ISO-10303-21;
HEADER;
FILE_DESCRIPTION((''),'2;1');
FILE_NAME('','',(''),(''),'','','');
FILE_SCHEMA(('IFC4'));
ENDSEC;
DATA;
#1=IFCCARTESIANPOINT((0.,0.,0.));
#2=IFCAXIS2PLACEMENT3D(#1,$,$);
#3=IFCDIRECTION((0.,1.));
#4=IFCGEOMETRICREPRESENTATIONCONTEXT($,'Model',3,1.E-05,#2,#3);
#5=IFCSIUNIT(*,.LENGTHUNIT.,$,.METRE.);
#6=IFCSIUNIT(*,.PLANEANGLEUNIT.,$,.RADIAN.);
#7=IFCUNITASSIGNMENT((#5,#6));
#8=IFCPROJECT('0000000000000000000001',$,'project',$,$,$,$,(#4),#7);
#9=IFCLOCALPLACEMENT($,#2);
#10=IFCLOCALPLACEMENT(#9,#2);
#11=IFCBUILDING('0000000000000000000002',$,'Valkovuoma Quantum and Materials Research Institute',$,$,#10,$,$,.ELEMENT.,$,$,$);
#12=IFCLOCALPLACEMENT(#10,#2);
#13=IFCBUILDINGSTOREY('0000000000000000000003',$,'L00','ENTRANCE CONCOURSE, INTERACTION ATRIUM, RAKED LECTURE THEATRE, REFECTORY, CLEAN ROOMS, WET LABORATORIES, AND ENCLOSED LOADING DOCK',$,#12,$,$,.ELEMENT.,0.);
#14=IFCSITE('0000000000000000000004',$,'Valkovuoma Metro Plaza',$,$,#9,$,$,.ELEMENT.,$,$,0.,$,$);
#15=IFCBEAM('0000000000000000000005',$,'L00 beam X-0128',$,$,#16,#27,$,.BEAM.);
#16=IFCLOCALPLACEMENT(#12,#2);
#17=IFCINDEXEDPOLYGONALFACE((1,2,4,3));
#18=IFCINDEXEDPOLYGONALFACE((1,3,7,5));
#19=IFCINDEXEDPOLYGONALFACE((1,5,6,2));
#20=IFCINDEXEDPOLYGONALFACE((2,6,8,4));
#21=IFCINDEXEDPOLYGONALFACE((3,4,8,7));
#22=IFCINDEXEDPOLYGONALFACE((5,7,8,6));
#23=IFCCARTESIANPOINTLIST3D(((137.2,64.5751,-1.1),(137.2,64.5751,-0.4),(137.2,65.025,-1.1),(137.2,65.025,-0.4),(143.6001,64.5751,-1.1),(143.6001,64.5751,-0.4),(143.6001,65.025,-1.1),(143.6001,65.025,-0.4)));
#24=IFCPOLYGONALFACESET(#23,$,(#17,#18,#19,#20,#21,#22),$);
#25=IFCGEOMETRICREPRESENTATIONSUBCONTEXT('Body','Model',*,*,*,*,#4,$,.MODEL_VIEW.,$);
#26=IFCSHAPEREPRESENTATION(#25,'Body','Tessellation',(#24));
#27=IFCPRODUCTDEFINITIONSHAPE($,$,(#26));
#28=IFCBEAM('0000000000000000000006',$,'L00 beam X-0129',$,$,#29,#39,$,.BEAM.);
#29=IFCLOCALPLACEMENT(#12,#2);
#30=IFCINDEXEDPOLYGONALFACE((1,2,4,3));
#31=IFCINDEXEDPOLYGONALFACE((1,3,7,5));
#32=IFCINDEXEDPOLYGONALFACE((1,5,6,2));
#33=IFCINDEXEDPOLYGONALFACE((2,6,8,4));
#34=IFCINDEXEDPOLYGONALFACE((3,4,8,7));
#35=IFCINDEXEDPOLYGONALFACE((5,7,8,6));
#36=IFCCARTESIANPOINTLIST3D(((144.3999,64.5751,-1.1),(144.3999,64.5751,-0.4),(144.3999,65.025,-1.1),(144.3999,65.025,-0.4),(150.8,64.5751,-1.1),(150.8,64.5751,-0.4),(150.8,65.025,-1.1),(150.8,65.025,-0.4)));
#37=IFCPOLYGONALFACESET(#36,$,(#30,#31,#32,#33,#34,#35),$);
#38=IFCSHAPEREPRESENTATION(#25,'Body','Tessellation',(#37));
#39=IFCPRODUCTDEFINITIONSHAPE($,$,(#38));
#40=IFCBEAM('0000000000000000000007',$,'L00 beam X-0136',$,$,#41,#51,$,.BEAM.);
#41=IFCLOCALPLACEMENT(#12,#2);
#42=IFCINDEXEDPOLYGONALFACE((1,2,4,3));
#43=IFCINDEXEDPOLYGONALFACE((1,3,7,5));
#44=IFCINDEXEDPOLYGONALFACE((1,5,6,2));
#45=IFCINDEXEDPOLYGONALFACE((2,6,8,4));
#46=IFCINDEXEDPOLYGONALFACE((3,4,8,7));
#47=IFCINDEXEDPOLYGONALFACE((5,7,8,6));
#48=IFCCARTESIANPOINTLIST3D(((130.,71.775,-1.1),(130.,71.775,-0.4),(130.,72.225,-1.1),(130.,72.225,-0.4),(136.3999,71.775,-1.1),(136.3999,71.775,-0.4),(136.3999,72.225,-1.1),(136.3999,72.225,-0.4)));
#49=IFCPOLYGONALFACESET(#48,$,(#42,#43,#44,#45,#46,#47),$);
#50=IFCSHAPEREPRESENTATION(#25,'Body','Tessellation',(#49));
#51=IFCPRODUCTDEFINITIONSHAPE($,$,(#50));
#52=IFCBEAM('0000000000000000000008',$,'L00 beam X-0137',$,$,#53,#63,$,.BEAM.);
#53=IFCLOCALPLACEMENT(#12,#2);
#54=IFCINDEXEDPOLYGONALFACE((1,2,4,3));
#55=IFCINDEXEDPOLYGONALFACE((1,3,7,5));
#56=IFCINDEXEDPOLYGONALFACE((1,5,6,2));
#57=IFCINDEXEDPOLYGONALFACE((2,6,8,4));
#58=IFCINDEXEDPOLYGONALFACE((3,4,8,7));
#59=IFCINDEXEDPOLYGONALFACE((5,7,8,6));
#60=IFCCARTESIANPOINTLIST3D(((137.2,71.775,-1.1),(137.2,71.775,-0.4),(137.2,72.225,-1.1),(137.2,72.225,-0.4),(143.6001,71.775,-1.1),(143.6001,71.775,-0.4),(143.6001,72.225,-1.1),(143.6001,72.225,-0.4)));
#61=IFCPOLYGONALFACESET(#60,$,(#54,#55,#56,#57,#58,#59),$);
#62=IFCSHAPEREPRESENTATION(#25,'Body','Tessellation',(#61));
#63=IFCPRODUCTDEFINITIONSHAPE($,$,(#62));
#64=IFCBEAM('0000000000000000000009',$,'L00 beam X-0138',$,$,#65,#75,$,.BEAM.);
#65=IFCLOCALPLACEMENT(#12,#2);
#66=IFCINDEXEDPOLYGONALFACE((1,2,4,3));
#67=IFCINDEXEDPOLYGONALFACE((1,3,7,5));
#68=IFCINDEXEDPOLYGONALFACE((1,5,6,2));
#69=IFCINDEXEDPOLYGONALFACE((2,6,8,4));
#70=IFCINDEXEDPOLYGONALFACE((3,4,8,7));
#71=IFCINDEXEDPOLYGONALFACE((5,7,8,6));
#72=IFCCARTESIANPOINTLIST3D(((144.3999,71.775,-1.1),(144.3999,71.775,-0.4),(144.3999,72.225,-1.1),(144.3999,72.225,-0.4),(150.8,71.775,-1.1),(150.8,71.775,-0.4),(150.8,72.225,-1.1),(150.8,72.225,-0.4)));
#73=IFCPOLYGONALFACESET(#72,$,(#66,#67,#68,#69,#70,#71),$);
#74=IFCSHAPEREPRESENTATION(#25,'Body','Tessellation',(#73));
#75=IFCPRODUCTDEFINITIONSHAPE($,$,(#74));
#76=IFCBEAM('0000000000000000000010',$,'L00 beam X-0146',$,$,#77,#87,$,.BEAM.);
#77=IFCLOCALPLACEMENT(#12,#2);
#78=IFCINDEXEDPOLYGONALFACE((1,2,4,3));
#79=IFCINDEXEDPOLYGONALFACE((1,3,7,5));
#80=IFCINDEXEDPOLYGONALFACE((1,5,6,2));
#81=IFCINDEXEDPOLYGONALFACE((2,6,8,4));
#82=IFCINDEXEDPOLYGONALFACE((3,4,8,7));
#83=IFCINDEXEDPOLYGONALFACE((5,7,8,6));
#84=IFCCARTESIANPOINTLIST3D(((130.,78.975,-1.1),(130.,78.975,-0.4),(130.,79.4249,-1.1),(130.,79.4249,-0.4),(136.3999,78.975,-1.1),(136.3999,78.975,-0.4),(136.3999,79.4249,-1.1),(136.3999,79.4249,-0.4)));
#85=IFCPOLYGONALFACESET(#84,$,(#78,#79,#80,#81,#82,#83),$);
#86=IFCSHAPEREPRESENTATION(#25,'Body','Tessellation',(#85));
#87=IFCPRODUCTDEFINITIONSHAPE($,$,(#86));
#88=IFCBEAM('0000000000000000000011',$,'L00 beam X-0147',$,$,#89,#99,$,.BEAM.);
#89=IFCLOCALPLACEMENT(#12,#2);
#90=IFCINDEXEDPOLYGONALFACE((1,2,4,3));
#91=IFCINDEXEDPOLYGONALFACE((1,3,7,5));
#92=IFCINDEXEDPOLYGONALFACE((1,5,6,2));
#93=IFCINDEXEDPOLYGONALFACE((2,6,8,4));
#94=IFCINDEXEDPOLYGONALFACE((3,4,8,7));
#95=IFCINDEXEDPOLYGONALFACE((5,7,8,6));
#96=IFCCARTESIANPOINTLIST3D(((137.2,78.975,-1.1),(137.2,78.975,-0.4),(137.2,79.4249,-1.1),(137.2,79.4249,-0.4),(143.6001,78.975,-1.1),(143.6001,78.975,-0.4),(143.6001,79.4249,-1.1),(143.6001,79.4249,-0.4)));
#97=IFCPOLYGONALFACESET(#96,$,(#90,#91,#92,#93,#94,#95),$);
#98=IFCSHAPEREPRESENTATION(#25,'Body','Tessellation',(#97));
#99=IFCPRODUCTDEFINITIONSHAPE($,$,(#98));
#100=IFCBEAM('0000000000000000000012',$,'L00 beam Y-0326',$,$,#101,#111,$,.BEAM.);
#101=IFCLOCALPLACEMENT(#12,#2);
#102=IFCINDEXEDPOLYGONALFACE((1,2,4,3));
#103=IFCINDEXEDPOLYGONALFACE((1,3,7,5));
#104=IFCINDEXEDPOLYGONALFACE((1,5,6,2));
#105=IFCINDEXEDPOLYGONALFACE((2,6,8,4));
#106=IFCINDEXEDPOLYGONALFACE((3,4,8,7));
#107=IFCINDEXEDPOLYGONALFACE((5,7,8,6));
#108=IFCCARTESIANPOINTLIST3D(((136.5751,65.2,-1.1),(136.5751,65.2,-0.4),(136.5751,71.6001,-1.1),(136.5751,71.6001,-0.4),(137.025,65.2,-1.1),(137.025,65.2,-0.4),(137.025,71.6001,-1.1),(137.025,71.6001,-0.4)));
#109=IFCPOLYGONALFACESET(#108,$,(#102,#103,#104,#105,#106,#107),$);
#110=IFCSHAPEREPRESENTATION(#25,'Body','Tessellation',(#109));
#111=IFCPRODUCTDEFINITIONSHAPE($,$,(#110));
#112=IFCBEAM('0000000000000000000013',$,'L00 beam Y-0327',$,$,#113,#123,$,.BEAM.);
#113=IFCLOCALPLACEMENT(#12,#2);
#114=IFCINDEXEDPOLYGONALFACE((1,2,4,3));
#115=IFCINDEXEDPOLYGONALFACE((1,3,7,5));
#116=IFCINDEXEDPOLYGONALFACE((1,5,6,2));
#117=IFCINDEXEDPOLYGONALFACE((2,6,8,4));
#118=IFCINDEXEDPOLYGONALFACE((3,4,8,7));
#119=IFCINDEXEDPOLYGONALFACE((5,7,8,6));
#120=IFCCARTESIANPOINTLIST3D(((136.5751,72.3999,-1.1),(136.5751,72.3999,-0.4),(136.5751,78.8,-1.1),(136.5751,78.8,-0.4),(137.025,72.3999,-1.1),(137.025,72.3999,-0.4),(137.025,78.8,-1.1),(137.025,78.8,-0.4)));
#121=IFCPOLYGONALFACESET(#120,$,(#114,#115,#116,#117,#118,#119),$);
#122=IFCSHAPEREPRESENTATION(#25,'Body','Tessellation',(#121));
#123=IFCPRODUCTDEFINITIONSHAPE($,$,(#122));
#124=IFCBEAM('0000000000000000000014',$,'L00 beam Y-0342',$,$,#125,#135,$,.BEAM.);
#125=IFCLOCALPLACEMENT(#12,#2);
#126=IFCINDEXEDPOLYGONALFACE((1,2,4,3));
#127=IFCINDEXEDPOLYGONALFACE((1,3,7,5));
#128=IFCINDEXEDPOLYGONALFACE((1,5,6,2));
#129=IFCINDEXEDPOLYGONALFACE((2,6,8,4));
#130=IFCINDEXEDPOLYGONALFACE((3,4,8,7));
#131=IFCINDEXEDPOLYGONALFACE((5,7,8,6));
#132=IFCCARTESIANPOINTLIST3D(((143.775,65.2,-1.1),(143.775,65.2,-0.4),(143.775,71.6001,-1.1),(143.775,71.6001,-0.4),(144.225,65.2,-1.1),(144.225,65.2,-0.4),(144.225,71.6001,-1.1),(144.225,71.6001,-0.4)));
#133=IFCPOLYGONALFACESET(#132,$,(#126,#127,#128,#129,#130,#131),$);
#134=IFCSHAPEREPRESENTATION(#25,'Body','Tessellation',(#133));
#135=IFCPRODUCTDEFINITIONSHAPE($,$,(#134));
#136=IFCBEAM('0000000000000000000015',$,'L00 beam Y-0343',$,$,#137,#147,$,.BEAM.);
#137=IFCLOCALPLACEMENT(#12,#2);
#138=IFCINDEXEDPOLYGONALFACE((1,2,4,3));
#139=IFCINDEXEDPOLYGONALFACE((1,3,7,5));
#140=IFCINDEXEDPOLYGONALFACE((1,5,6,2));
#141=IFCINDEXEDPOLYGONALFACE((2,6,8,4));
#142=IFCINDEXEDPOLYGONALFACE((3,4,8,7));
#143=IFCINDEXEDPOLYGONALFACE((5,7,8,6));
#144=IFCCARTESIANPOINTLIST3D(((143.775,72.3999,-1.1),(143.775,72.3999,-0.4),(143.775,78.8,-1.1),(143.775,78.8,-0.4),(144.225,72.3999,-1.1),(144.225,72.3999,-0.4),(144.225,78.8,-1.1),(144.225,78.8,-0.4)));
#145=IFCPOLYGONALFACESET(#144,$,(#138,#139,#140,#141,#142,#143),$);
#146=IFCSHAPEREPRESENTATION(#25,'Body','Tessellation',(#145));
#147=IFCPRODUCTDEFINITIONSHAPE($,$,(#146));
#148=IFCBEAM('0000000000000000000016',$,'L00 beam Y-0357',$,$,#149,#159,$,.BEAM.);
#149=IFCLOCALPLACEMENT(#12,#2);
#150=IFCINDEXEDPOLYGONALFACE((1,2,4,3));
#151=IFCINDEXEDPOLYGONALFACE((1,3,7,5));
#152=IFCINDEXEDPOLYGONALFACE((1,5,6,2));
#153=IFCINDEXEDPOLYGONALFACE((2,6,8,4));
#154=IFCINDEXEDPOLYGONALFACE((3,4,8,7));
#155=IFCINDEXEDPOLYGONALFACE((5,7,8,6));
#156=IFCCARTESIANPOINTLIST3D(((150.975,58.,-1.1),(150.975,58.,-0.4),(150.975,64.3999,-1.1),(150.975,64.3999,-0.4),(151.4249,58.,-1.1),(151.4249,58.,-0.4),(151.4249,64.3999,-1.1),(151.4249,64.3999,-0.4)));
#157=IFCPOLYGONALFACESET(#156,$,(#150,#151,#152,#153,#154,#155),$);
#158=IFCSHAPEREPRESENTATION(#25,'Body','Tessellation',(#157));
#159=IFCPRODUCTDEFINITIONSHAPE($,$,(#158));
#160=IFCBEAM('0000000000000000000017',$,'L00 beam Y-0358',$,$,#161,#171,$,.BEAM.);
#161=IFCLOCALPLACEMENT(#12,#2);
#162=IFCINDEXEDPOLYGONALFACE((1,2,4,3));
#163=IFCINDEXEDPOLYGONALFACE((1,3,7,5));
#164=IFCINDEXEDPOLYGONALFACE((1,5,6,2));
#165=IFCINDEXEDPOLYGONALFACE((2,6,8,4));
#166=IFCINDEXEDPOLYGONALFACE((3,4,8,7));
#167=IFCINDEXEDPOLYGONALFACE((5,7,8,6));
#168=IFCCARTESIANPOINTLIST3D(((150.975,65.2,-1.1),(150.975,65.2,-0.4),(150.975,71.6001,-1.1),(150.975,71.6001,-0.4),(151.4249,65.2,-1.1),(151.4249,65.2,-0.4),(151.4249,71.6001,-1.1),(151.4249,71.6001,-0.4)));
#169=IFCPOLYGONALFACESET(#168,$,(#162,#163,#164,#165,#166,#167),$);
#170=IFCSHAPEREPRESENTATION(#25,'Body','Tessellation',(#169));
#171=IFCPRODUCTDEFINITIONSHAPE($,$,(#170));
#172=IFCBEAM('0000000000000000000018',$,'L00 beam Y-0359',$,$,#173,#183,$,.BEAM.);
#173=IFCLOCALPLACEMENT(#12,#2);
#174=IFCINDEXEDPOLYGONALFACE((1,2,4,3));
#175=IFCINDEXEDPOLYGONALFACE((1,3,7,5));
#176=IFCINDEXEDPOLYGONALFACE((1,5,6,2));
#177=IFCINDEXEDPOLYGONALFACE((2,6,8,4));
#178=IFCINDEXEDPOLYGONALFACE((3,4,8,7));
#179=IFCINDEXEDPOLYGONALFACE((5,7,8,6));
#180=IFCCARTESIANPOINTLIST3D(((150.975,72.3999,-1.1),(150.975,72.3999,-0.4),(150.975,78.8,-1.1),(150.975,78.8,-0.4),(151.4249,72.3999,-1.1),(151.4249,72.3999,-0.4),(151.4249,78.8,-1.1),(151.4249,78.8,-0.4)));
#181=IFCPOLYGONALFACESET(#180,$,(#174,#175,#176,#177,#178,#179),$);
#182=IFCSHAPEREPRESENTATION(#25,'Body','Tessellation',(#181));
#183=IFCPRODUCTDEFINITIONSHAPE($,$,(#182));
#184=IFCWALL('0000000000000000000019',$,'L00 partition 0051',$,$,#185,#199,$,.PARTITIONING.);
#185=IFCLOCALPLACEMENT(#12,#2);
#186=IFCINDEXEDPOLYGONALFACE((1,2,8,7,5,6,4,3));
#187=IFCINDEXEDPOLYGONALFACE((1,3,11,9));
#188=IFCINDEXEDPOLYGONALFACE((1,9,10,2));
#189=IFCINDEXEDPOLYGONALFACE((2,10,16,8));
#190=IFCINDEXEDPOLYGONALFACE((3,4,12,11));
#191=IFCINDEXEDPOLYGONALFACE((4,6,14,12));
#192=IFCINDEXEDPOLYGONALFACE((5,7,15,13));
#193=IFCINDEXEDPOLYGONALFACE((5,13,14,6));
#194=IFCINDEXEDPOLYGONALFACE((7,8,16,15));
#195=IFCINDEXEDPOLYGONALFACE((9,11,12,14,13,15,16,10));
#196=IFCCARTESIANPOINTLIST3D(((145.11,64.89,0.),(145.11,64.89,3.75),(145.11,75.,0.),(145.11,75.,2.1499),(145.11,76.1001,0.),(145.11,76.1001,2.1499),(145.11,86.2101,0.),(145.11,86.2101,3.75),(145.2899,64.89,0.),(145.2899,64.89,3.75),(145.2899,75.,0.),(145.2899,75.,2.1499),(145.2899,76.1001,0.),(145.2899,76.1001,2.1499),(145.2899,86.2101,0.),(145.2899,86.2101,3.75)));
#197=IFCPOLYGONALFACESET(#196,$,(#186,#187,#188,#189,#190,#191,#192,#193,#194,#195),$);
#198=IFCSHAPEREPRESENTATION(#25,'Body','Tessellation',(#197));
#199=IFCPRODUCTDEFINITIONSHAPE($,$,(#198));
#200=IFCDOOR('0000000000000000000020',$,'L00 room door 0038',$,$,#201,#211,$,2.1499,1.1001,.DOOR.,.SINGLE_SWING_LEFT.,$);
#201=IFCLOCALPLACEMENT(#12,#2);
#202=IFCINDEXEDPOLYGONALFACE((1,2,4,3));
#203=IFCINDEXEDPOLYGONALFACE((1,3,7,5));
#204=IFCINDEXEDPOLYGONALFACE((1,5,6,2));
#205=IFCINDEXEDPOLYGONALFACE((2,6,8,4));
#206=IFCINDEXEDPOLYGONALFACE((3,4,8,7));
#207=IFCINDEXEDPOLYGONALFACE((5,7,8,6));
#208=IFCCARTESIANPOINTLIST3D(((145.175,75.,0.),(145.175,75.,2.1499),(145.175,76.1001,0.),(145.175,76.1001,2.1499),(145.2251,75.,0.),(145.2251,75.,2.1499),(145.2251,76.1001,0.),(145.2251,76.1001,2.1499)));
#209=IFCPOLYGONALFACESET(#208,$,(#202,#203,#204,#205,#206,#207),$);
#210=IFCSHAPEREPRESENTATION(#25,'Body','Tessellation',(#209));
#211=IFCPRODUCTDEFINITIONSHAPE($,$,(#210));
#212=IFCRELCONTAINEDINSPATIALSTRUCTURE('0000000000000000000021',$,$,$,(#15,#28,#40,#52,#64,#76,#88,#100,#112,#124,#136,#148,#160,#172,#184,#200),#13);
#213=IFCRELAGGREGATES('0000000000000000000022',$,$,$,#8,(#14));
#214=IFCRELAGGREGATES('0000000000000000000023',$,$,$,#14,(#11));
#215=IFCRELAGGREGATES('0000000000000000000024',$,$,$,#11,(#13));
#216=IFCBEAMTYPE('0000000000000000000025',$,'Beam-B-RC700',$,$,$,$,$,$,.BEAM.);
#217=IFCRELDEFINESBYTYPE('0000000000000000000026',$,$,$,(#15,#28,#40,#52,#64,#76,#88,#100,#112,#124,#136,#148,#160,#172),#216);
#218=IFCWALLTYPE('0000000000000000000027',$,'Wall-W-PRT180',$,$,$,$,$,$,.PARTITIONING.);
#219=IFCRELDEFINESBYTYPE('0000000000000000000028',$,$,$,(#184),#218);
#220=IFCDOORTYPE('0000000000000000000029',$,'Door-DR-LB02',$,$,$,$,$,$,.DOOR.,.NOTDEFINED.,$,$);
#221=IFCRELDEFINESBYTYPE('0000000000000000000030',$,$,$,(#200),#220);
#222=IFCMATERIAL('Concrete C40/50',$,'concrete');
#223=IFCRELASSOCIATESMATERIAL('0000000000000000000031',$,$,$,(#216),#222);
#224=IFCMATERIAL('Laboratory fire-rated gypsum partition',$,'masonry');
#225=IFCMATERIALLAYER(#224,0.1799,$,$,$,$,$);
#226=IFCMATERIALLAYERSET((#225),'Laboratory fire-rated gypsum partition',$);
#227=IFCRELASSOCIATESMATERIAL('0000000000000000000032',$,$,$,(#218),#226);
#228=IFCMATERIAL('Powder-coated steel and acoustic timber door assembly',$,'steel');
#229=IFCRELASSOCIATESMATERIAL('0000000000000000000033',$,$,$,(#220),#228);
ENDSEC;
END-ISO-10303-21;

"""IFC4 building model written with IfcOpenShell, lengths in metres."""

from ifc_helpers import new_model, si_unit, direction, frame, frame_2d, origin, origin_2d, place, context, subcontext, project, spatial, rectangle, extrude, material, layer, layer_set, material_profile, profile_set, type_object, element, fill, save


model = new_model("IFC4")

# Units and contexts
model_context = context("Model", 3, precision=1e-05, world=origin(), true_north=direction((0.0, 1.0)))
body_context = subcontext(model_context, "Body", "Model", "MODEL_VIEW")
ifc_project = project(units=[si_unit("LENGTHUNIT", "METRE"), si_unit("PLANEANGLEUNIT", "RADIAN")], contexts=[model_context])

# Site, building, storey
site_placement = place(None, origin())
site = spatial("IfcSite", under=ifc_project, at=site_placement, Name="Valkovuoma Metro Plaza", CompositionType="ELEMENT", RefElevation=0.0)
building_placement = place(site_placement, origin())
building = spatial("IfcBuilding", under=site, at=building_placement, Name="Valkovuoma Quantum and Materials Research Institute", CompositionType="ELEMENT")
storey_placement = place(building_placement, origin())
storey = spatial("IfcBuildingStorey", under=building, at=storey_placement, Name="L00", Description="ENTRANCE CONCOURSE, INTERACTION ATRIUM, RAKED LECTURE THEATRE, REFECTORY, CLEAN ROOMS, WET LABORATORIES, AND ENCLOSED LOADING DOCK", CompositionType="ELEMENT", Elevation=0.0)

# Beams
ifc_material_1 = material(Name="Concrete C40/50", Category="concrete")
ifc_material_profile_1 = material_profile(ifc_material_1, rectangle(XDim=0.45, YDim=0.7, at=origin_2d()), Name="Concrete C40/50")
ifc_profile_set_1 = profile_set([ifc_material_profile_1], Name="Concrete C40/50")
beam_type_1 = type_object("IfcBeamType", Name="Beam-B-RC700", PredefinedType="BEAM", material=ifc_profile_set_1)
for number, where, z_axis, x_axis, name in (
    (1, (137.2, 64.8, -0.75), (1.0, 0.0, 0.0), (0.0, 1.0, 0.0), "L00 beam X-0128"),
    (2, (144.3999, 64.8, -0.75), (1.0, 0.0, 0.0), (0.0, 1.0, 0.0), "L00 beam X-0129"),
):
    element("IfcBeam", number, at=place(storey_placement, frame(where, z_axis=z_axis, x_axis=x_axis)), inside=storey, type_object=beam_type_1, Name=name, PredefinedType="BEAM", context=body_context, shape_type="SweptSolid", body=[
        extrude(rectangle(XDim=0.45, YDim=0.7, at=origin_2d()), origin(), (0.0, 0.0, 1.0), 6.4001),
    ])
beam_1_placement = place(storey_placement, frame((130.0, 72.0, -0.75), z_axis=(1.0, 0.0, 0.0), x_axis=(0.0, 1.0, 0.0)))
element("IfcBeam", 3, at=beam_1_placement, inside=storey, type_object=beam_type_1, Name="L00 beam X-0136", PredefinedType="BEAM", context=body_context, shape_type="SweptSolid", body=[
    extrude(rectangle(XDim=0.45, YDim=0.7, at=origin_2d()), origin(), (0.0, 0.0, 1.0), 6.3999),
])
for number, where, z_axis, x_axis, name in (
    (4, (137.2, 72.0, -0.75), (1.0, 0.0, 0.0), (0.0, 1.0, 0.0), "L00 beam X-0137"),
    (5, (144.3999, 72.0, -0.75), (1.0, 0.0, 0.0), (0.0, 1.0, 0.0), "L00 beam X-0138"),
):
    element("IfcBeam", number, at=place(storey_placement, frame(where, z_axis=z_axis, x_axis=x_axis)), inside=storey, type_object=beam_type_1, Name=name, PredefinedType="BEAM", context=body_context, shape_type="SweptSolid", body=[
        extrude(rectangle(XDim=0.45, YDim=0.7, at=origin_2d()), origin(), (0.0, 0.0, 1.0), 6.4001),
    ])
beam_2_placement = place(storey_placement, frame((130.0, 79.2, -0.75), z_axis=(1.0, 0.0, 0.0), x_axis=(0.0, 1.0, 0.0)))
element("IfcBeam", 6, at=beam_2_placement, inside=storey, type_object=beam_type_1, Name="L00 beam X-0146", PredefinedType="BEAM", context=body_context, shape_type="SweptSolid", body=[
    extrude(rectangle(XDim=0.45, YDim=0.7, at=origin_2d()), origin(), (0.0, 0.0, 1.0), 6.3999),
])
for number, where, z_axis, x_axis, name in (
    (7, (137.2, 79.2, -0.75), (1.0, 0.0, 0.0), (0.0, 1.0, 0.0), "L00 beam X-0147"),
    (8, (136.8, 65.2, -0.75), (0.0, 1.0, 0.0), (-1.0, 0.0, 0.0), "L00 beam Y-0326"),
    (9, (136.8, 72.3999, -0.75), (0.0, 1.0, 0.0), (-1.0, 0.0, 0.0), "L00 beam Y-0327"),
    (10, (144.0, 65.2, -0.75), (0.0, 1.0, 0.0), (-1.0, 0.0, 0.0), "L00 beam Y-0342"),
    (11, (144.0, 72.3999, -0.75), (0.0, 1.0, 0.0), (-1.0, 0.0, 0.0), "L00 beam Y-0343"),
):
    element("IfcBeam", number, at=place(storey_placement, frame(where, z_axis=z_axis, x_axis=x_axis)), inside=storey, type_object=beam_type_1, Name=name, PredefinedType="BEAM", context=body_context, shape_type="SweptSolid", body=[
        extrude(rectangle(XDim=0.45, YDim=0.7, at=origin_2d()), origin(), (0.0, 0.0, 1.0), 6.4001),
    ])
beam_3_placement = place(storey_placement, frame((151.2, 58.0, -0.75), z_axis=(0.0, 1.0, 0.0), x_axis=(-1.0, 0.0, 0.0)))
element("IfcBeam", 12, at=beam_3_placement, inside=storey, type_object=beam_type_1, Name="L00 beam Y-0357", PredefinedType="BEAM", context=body_context, shape_type="SweptSolid", body=[
    extrude(rectangle(XDim=0.45, YDim=0.7, at=origin_2d()), origin(), (0.0, 0.0, 1.0), 6.3999),
])
for number, where, z_axis, x_axis, name in (
    (13, (151.2, 65.2, -0.75), (0.0, 1.0, 0.0), (-1.0, 0.0, 0.0), "L00 beam Y-0358"),
    (14, (151.2, 72.3999, -0.75), (0.0, 1.0, 0.0), (-1.0, 0.0, 0.0), "L00 beam Y-0359"),
):
    element("IfcBeam", number, at=place(storey_placement, frame(where, z_axis=z_axis, x_axis=x_axis)), inside=storey, type_object=beam_type_1, Name=name, PredefinedType="BEAM", context=body_context, shape_type="SweptSolid", body=[
        extrude(rectangle(XDim=0.45, YDim=0.7, at=origin_2d()), origin(), (0.0, 0.0, 1.0), 6.4001),
    ])

# Wall, opening, door
ifc_material_2 = material(Name="Laboratory fire-rated gypsum partition", Category="masonry")
ifc_layer = layer(ifc_material_2, 0.1799)
ifc_layer_set = layer_set([ifc_layer], Name="Laboratory fire-rated gypsum partition")
wall_type = type_object("IfcWallType", Name="Wall-W-PRT180", PredefinedType="PARTITIONING", material=ifc_layer_set)
wall_1_placement = place(storey_placement, frame((145.2, 64.8899, 0.0), z_axis=(0.0, 0.0, 1.0), x_axis=(0.0, 1.0, 0.0)))
wall_1 = element("IfcWall", 15, at=wall_1_placement, inside=storey, type_object=wall_type, Name="L00 partition 0051", PredefinedType="PARTITIONING", context=body_context, shape_type="SweptSolid", body=[
    extrude(rectangle(XDim=21.3201, YDim=0.1799, at=frame_2d((10.6602, 0.0))), origin(), (0.0, 0.0, 1.0), 3.75),
])
opening_1_placement = place(wall_1_placement, frame((10.1101, 0.0, 0.0)))
opening_1 = element("IfcOpeningElement", 16, at=opening_1_placement, cuts=wall_1, PredefinedType="OPENING", context=body_context, shape_type="SweptSolid", body=[
    extrude(rectangle(XDim=1.1001, YDim=2.1499, at=frame_2d((0.55, 1.075))), frame((0.0, 0.1001, 0.0), z_axis=(0.0, -1.0, 0.0), x_axis=(1.0, 0.0, 0.0)), (0.0, 0.0, 1.0), 0.2),
])
ifc_material_3 = material(Name="Powder-coated steel and acoustic timber door assembly", Category="steel")
door_type_1 = type_object("IfcDoorType", Name="Door-DR-LB02", OperationType="NOTDEFINED", PredefinedType="DOOR", material=ifc_material_3)
door_1_placement = place(opening_1_placement, origin())
door_1 = element("IfcDoor", 17, at=door_1_placement, inside=storey, type_object=door_type_1, Name="L00 room door 0038", OperationType="SINGLE_SWING_LEFT", OverallHeight=2.1499, OverallWidth=1.1001, PredefinedType="DOOR", context=body_context, shape_type="SweptSolid", body=[
    extrude(rectangle(XDim=1.1001, YDim=2.1499, at=frame_2d((0.55, 1.075))), frame((0.0, 0.0249, 0.0), z_axis=(0.0, -1.0, 0.0), x_axis=(1.0, 0.0, 0.0)), (0.0, 0.0, 1.0), 0.05),
])
fill(opening_1, door_1)

save(model, "model.ifc")
